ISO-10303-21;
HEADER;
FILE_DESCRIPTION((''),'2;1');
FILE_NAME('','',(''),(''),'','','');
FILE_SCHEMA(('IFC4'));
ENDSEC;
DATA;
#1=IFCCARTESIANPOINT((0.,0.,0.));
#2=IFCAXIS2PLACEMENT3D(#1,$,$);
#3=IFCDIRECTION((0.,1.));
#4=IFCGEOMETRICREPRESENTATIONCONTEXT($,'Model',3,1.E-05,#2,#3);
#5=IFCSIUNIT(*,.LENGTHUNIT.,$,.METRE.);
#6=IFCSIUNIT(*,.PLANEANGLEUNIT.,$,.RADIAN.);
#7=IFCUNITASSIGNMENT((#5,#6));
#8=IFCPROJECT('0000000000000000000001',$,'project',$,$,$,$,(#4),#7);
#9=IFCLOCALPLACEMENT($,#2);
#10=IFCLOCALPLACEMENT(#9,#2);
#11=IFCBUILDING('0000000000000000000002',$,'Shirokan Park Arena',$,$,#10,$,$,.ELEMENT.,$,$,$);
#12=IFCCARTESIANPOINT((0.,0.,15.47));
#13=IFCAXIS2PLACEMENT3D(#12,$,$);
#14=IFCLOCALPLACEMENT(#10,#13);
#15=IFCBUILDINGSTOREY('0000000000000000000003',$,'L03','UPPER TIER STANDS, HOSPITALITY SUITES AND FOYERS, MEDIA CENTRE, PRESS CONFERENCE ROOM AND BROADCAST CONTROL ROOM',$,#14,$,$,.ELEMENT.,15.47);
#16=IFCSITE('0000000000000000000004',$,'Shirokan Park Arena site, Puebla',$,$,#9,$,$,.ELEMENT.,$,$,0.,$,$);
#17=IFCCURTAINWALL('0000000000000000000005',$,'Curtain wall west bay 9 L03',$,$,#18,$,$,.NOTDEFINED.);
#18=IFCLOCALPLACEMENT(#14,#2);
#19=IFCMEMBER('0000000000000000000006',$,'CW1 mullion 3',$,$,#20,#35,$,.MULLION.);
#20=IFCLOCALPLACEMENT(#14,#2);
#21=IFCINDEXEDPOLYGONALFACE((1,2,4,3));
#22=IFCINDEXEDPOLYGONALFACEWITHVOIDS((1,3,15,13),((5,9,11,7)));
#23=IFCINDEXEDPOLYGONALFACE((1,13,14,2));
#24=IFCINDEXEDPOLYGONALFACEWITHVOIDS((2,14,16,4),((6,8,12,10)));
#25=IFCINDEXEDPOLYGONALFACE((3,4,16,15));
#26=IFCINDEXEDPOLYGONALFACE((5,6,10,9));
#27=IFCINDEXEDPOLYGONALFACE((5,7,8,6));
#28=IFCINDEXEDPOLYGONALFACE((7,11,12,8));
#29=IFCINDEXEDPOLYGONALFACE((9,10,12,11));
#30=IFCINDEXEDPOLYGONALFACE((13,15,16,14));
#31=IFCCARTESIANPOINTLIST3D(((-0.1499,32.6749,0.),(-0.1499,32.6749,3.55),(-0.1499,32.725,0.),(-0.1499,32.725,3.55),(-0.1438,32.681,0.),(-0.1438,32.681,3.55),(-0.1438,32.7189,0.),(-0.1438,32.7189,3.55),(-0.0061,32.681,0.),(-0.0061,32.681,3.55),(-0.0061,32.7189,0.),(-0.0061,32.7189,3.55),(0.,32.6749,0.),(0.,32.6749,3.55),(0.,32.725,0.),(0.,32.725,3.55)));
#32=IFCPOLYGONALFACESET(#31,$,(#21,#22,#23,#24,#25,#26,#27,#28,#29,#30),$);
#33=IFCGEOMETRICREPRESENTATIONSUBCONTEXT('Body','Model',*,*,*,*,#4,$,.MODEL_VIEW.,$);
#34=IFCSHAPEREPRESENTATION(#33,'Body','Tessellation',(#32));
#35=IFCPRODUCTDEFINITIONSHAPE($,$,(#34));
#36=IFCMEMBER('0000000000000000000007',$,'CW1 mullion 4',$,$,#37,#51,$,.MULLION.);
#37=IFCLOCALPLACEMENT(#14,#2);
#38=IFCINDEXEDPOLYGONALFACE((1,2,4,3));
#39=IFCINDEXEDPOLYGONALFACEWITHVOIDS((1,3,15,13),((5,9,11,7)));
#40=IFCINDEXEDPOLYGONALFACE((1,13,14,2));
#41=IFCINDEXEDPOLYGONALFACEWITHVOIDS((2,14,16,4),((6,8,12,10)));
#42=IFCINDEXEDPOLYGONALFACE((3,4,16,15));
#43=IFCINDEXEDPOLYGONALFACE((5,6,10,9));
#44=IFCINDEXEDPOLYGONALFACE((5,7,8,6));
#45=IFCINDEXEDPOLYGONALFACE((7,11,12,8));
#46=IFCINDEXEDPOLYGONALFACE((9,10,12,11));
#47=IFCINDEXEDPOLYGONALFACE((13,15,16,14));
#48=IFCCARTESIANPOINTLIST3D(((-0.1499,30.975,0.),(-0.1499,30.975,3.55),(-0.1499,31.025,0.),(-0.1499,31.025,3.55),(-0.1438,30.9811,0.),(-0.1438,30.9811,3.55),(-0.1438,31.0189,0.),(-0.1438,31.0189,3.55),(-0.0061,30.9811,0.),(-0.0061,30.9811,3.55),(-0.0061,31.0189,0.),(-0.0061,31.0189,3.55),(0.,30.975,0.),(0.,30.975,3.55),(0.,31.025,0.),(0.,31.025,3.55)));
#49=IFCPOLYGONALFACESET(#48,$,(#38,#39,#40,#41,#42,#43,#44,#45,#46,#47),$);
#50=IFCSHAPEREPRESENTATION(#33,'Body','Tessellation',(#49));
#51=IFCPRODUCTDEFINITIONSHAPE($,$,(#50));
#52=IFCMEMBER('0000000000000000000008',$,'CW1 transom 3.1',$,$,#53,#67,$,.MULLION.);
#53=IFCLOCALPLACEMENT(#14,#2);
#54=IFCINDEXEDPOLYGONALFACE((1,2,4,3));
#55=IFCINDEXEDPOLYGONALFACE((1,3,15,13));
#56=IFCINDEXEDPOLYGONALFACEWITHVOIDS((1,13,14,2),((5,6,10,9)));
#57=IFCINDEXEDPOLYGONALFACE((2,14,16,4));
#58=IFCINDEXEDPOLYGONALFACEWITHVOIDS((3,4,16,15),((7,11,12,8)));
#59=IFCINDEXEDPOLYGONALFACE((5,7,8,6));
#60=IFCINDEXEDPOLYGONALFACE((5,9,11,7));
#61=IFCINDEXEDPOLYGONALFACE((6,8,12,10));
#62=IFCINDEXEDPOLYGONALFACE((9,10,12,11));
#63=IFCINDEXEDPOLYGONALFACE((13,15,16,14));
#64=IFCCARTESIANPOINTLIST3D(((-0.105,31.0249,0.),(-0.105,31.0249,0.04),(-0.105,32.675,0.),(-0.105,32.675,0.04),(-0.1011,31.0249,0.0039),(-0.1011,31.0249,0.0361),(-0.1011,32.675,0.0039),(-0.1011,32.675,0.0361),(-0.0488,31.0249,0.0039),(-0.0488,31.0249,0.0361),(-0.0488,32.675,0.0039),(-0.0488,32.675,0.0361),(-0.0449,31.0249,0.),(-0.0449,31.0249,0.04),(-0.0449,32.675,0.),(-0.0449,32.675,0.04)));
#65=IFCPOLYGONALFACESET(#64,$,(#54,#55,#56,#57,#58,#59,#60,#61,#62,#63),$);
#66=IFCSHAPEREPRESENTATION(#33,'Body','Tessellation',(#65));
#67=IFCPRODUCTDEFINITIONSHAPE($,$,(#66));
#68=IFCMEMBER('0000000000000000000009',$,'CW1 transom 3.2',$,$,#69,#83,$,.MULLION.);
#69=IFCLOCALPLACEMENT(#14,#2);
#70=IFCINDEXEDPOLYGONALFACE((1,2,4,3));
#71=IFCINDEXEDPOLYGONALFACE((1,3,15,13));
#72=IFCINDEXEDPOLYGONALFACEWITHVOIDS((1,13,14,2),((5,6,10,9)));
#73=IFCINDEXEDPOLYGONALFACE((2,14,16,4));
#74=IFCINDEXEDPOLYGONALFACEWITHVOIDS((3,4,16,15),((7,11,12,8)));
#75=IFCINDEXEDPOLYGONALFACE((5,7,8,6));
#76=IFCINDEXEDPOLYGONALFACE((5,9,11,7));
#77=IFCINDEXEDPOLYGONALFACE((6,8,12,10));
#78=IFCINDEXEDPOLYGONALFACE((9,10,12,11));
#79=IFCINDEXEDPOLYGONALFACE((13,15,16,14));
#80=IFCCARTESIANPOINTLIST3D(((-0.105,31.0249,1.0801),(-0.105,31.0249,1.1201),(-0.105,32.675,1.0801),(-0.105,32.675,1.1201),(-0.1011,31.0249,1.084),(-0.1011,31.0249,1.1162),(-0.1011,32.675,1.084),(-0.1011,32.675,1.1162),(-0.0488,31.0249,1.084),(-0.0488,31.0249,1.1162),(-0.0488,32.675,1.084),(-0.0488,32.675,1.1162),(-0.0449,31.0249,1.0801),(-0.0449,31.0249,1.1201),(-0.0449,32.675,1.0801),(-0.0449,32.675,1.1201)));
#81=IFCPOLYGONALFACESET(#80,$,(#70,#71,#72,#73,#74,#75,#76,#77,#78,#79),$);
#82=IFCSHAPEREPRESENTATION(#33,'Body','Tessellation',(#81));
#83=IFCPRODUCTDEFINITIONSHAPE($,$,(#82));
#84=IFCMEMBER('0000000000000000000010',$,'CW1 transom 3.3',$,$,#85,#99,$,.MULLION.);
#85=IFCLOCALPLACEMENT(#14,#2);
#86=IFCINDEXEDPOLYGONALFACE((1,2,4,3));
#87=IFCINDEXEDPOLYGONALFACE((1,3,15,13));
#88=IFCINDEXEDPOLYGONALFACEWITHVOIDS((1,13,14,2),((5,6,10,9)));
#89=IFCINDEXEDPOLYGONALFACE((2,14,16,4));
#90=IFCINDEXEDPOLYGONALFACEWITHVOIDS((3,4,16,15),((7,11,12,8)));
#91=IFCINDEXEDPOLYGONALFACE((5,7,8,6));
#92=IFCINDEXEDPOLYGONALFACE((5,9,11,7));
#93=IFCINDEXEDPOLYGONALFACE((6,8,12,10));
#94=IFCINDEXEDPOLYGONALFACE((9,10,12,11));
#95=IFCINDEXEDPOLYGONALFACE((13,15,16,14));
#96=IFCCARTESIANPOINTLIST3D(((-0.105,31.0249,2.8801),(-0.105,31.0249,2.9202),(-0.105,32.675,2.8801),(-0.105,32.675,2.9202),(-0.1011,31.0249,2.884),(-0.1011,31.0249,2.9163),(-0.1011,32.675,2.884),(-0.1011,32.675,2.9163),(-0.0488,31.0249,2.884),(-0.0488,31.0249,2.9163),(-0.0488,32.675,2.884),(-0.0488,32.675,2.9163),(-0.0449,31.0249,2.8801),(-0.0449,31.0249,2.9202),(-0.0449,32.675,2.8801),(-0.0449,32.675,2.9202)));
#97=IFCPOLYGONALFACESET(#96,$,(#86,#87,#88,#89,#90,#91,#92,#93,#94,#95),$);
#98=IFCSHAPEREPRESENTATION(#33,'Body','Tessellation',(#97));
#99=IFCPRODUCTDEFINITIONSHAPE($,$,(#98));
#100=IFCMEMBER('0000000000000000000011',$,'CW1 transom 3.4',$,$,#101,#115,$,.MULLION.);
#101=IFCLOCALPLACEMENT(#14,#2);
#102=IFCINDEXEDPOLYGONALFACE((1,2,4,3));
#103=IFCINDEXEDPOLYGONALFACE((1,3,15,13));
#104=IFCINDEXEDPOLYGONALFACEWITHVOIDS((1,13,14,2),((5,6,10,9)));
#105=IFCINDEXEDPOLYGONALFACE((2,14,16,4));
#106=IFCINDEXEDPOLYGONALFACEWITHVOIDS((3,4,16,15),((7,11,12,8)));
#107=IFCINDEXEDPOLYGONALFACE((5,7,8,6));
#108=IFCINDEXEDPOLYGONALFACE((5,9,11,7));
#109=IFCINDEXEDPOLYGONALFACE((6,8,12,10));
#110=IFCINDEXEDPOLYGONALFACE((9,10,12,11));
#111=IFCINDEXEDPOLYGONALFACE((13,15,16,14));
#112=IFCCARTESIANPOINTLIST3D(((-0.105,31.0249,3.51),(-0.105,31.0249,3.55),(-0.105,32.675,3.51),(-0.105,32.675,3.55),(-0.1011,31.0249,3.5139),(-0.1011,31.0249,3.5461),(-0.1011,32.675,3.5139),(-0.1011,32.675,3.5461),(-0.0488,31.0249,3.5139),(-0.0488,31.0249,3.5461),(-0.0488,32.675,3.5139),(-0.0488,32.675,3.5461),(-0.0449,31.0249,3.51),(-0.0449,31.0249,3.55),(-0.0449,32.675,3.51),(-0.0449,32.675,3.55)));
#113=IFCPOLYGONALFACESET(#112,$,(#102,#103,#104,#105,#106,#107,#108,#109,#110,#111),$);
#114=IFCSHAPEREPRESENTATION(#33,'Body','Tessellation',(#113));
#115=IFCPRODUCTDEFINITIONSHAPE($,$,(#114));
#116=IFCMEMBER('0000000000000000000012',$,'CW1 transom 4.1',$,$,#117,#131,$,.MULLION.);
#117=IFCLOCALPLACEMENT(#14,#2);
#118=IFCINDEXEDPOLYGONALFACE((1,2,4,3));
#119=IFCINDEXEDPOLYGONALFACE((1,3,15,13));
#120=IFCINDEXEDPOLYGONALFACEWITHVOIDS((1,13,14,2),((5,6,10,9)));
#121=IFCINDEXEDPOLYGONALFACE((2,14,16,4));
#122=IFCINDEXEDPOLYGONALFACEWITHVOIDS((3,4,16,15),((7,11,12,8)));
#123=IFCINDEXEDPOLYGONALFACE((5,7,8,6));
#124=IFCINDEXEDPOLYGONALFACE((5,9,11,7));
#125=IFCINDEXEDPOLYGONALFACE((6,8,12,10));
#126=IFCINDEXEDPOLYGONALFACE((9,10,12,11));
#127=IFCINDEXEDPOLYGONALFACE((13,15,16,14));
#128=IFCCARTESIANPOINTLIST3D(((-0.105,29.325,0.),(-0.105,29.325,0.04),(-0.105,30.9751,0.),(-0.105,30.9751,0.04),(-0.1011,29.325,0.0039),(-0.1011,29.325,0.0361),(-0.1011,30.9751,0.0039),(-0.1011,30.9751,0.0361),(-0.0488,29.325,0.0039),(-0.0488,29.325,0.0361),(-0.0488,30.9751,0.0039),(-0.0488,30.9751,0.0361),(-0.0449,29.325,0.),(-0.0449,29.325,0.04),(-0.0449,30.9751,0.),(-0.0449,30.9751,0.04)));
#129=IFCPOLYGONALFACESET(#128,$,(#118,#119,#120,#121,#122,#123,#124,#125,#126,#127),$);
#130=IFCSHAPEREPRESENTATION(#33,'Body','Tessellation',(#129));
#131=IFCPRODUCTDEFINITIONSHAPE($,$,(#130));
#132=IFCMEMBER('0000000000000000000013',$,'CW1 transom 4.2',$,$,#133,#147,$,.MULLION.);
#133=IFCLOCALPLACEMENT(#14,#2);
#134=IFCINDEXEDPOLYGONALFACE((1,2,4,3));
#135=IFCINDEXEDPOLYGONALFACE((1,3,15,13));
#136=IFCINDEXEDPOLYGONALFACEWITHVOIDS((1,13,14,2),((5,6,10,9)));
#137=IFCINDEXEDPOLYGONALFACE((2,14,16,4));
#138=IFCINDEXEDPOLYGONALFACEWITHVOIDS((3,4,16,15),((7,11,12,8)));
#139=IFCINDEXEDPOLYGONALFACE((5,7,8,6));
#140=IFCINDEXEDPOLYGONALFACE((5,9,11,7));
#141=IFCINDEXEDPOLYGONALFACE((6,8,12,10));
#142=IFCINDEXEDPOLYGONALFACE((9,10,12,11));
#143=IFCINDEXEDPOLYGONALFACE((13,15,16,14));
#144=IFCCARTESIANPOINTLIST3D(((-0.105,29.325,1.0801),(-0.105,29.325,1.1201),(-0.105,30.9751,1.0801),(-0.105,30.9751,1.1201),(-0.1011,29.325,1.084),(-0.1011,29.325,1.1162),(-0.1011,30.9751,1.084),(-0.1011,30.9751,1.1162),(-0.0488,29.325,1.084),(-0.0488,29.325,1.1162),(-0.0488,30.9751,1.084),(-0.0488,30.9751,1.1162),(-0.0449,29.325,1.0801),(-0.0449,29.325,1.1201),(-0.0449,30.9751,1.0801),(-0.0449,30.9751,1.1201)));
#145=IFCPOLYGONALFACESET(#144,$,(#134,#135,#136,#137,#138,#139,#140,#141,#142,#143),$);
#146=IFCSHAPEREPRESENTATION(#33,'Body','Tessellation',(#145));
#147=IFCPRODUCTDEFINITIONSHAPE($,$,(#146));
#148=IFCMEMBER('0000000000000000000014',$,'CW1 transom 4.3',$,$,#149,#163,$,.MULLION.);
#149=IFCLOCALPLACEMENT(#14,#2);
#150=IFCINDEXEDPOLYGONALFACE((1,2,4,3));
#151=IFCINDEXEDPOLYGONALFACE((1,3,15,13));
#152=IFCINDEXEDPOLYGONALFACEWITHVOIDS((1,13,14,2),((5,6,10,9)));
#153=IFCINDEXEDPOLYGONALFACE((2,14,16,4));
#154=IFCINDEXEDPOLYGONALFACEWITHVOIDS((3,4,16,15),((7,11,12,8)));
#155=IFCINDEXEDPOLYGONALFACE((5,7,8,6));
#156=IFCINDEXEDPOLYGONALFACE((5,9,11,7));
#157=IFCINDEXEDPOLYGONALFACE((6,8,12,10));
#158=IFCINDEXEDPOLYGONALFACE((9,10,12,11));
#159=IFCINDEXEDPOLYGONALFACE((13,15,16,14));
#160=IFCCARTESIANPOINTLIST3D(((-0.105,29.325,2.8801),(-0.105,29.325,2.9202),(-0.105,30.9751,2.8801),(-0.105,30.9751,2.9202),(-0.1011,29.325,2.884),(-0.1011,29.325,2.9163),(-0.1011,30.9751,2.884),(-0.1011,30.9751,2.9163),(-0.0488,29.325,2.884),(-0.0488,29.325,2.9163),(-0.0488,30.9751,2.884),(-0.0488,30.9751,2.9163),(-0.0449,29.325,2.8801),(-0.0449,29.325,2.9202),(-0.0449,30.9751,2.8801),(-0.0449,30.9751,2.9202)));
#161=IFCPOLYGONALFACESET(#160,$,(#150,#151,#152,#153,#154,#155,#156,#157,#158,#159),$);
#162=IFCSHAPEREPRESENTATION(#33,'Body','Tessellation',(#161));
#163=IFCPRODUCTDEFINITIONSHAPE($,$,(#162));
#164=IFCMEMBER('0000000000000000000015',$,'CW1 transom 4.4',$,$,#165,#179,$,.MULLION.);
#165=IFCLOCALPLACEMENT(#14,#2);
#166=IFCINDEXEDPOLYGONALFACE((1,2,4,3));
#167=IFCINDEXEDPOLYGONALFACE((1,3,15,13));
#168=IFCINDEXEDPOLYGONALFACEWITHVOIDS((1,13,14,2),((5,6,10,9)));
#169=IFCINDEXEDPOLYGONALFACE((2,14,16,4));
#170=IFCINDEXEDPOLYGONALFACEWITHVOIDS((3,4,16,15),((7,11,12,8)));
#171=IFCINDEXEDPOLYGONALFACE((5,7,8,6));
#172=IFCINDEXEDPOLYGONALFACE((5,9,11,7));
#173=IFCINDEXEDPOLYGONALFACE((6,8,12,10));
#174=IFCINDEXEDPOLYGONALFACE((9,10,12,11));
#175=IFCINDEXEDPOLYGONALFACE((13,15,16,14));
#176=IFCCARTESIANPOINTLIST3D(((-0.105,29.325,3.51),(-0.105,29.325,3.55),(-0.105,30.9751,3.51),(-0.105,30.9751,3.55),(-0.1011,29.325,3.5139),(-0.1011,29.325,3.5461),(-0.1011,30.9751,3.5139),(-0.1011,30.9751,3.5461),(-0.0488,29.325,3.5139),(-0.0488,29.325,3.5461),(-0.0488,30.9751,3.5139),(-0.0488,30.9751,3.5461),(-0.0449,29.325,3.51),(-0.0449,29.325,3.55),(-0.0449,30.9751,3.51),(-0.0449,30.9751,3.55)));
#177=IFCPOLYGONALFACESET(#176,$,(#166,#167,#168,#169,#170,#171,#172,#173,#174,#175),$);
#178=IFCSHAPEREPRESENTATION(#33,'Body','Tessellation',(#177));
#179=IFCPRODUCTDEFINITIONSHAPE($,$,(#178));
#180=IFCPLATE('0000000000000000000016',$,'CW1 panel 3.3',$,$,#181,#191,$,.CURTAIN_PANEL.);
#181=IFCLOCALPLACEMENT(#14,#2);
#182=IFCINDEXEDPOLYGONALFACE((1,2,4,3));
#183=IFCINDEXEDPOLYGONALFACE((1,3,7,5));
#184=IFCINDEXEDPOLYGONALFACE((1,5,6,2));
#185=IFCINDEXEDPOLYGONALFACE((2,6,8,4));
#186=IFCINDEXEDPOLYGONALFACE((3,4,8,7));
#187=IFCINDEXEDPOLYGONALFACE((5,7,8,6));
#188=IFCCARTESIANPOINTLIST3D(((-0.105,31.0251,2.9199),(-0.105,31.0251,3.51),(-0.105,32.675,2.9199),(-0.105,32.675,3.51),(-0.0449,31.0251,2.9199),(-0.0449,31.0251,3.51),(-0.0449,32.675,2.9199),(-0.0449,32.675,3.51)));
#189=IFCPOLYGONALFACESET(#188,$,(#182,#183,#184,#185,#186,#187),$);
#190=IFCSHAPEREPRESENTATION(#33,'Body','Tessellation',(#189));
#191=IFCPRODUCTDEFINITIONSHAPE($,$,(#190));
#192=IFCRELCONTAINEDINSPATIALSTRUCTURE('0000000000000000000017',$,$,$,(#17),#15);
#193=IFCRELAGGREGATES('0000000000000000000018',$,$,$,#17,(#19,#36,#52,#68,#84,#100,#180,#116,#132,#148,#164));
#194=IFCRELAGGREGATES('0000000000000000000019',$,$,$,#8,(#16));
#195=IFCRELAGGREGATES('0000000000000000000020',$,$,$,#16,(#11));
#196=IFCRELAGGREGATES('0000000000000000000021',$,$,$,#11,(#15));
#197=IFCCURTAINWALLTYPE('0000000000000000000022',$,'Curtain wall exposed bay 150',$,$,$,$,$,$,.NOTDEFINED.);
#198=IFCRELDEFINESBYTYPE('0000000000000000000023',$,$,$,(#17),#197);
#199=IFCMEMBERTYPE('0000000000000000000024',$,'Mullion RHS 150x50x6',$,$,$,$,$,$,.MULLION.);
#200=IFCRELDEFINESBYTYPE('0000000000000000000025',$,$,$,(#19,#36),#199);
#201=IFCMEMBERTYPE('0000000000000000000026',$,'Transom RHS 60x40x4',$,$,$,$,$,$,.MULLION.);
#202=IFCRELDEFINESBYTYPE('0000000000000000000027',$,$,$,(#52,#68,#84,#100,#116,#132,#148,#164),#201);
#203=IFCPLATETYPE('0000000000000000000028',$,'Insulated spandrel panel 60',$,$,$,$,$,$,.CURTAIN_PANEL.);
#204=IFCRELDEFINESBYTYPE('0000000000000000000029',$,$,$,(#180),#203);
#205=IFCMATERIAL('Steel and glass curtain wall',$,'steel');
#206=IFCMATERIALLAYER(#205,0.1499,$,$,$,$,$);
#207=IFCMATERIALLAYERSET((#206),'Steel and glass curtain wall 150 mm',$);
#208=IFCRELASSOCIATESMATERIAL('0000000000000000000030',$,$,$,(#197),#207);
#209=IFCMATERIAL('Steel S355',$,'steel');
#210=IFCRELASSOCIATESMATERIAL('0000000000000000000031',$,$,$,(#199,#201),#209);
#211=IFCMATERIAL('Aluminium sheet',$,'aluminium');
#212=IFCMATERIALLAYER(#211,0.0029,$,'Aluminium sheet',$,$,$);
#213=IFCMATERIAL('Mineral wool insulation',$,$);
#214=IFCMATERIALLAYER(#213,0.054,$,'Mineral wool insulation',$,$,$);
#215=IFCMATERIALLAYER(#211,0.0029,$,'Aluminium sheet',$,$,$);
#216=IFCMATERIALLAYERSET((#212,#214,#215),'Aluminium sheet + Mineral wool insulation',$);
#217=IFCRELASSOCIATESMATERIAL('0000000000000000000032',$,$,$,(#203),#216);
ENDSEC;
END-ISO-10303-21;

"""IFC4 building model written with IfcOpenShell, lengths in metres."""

from ifc_helpers import new_model, si_unit, direction, frame, origin, origin_2d, place, context, subcontext, project, spatial, rectangle, hollow_rectangle, extrude, material, layer, layer_set, material_profile, profile_set, type_object, element, aggregate, save


model = new_model("IFC4")

# Units and contexts
model_context = context("Model", 3, precision=1e-05, world=origin(), true_north=direction((0.0, 1.0)))
body_context = subcontext(model_context, "Body", "Model", "MODEL_VIEW")
ifc_project = project(units=[si_unit("LENGTHUNIT", "METRE"), si_unit("PLANEANGLEUNIT", "RADIAN")], contexts=[model_context])

# Site, building, storey
site_placement = place(None, origin())
site = spatial("IfcSite", under=ifc_project, at=site_placement, Name="Shirokan Park Arena site, Puebla", CompositionType="ELEMENT", RefElevation=0.0)
building_placement = place(site_placement, origin())
building = spatial("IfcBuilding", under=site, at=building_placement, Name="Shirokan Park Arena", CompositionType="ELEMENT")
storey_placement = place(building_placement, frame((0.0, 0.0, 15.47)))
storey = spatial("IfcBuildingStorey", under=building, at=storey_placement, Name="L03", Description="UPPER TIER STANDS, HOSPITALITY SUITES AND FOYERS, MEDIA CENTRE, PRESS CONFERENCE ROOM AND BROADCAST CONTROL ROOM", CompositionType="ELEMENT", Elevation=15.47)

# Curtain wall, members, plate
ifc_material_1 = material(Name="Steel and glass curtain wall", Category="steel")
ifc_layer_1 = layer(ifc_material_1, 0.1499)
ifc_layer_set_1 = layer_set([ifc_layer_1], Name="Steel and glass curtain wall 150 mm")
curtain_wall_type = type_object("IfcCurtainWallType", Name="Curtain wall exposed bay 150", PredefinedType="NOTDEFINED", material=ifc_layer_set_1)
curtain_wall_placement = place(storey_placement, origin())
curtain_wall = element("IfcCurtainWall", 1, at=curtain_wall_placement, inside=storey, type_object=curtain_wall_type, Name="Curtain wall west bay 9 L03", PredefinedType="NOTDEFINED")
ifc_material_2 = material(Name="Steel S355", Category="steel")
ifc_material_profile_1 = material_profile(ifc_material_2, hollow_rectangle(XDim=0.1499, YDim=0.05, WallThickness=0.0061, at=origin_2d()), Name="RHS 150x50x6")
ifc_profile_set_1 = profile_set([ifc_material_profile_1], Name="Steel S355")
member_type_1 = type_object("IfcMemberType", Name="Mullion RHS 150x50x6", PredefinedType="MULLION", material=ifc_profile_set_1)
member_1_placement = place(storey_placement, frame((-0.075, 32.7, 0.0), z_axis=(0.0, 0.0, 1.0), x_axis=(1.0, 0.0, 0.0)))
member_1 = element("IfcMember", 2, at=member_1_placement, type_object=member_type_1, Name="CW1 mullion 3", PredefinedType="MULLION", context=body_context, shape_type="SweptSolid", body=[
    extrude(hollow_rectangle(XDim=0.1499, YDim=0.05, WallThickness=0.0061, at=origin_2d()), origin(), (0.0, 0.0, 1.0), 3.55),
])
member_2_placement = place(storey_placement, frame((-0.075, 31.0, 0.0), z_axis=(0.0, 0.0, 1.0), x_axis=(1.0, 0.0, 0.0)))
member_2 = element("IfcMember", 3, at=member_2_placement, type_object=member_type_1, Name="CW1 mullion 4", PredefinedType="MULLION", context=body_context, shape_type="SweptSolid", body=[
    extrude(hollow_rectangle(XDim=0.1499, YDim=0.05, WallThickness=0.0061, at=origin_2d()), origin(), (0.0, 0.0, 1.0), 3.55),
])
ifc_material_profile_2 = material_profile(ifc_material_2, hollow_rectangle(XDim=0.0601, YDim=0.04, WallThickness=0.0039, at=origin_2d()), Name="RHS 60x40x4")
ifc_profile_set_2 = profile_set([ifc_material_profile_2], Name="Steel S355")
member_type_2 = type_object("IfcMemberType", Name="Transom RHS 60x40x4", PredefinedType="MULLION", material=ifc_profile_set_2)
member_3_placement = place(storey_placement, frame((-0.075, 32.675, 0.02), z_axis=(0.0, -1.0, 0.0), x_axis=(1.0, 0.0, 0.0)))
member_3 = element("IfcMember", 4, at=member_3_placement, type_object=member_type_2, Name="CW1 transom 3.1", PredefinedType="MULLION", context=body_context, shape_type="SweptSolid", body=[
    extrude(hollow_rectangle(XDim=0.0601, YDim=0.04, WallThickness=0.0039, at=origin_2d()), origin(), (0.0, 0.0, 1.0), 1.6501),
])
member_4_placement = place(storey_placement, frame((-0.075, 32.675, 1.1001), z_axis=(0.0, -1.0, 0.0), x_axis=(1.0, 0.0, 0.0)))
member_4 = element("IfcMember", 5, at=member_4_placement, type_object=member_type_2, Name="CW1 transom 3.2", PredefinedType="MULLION", context=body_context, shape_type="SweptSolid", body=[
    extrude(hollow_rectangle(XDim=0.0601, YDim=0.04, WallThickness=0.0039, at=origin_2d()), origin(), (0.0, 0.0, 1.0), 1.6501),
])
member_5_placement = place(storey_placement, frame((-0.075, 32.675, 2.9001), z_axis=(0.0, -1.0, 0.0), x_axis=(1.0, 0.0, 0.0)))
member_5 = element("IfcMember", 6, at=member_5_placement, type_object=member_type_2, Name="CW1 transom 3.3", PredefinedType="MULLION", context=body_context, shape_type="SweptSolid", body=[
    extrude(hollow_rectangle(XDim=0.0601, YDim=0.04, WallThickness=0.0039, at=origin_2d()), origin(), (0.0, 0.0, 1.0), 1.6501),
])
member_6_placement = place(storey_placement, frame((-0.075, 32.675, 3.53), z_axis=(0.0, -1.0, 0.0), x_axis=(1.0, 0.0, 0.0)))
member_6 = element("IfcMember", 7, at=member_6_placement, type_object=member_type_2, Name="CW1 transom 3.4", PredefinedType="MULLION", context=body_context, shape_type="SweptSolid", body=[
    extrude(hollow_rectangle(XDim=0.0601, YDim=0.04, WallThickness=0.0039, at=origin_2d()), origin(), (0.0, 0.0, 1.0), 1.6501),
])
member_7_placement = place(storey_placement, frame((-0.075, 30.9751, 0.02), z_axis=(0.0, -1.0, 0.0), x_axis=(1.0, 0.0, 0.0)))
member_7 = element("IfcMember", 8, at=member_7_placement, type_object=member_type_2, Name="CW1 transom 4.1", PredefinedType="MULLION", context=body_context, shape_type="SweptSolid", body=[
    extrude(hollow_rectangle(XDim=0.0601, YDim=0.04, WallThickness=0.0039, at=origin_2d()), origin(), (0.0, 0.0, 1.0), 1.6501),
])
member_8_placement = place(storey_placement, frame((-0.075, 30.9751, 1.1001), z_axis=(0.0, -1.0, 0.0), x_axis=(1.0, 0.0, 0.0)))
member_8 = element("IfcMember", 9, at=member_8_placement, type_object=member_type_2, Name="CW1 transom 4.2", PredefinedType="MULLION", context=body_context, shape_type="SweptSolid", body=[
    extrude(hollow_rectangle(XDim=0.0601, YDim=0.04, WallThickness=0.0039, at=origin_2d()), origin(), (0.0, 0.0, 1.0), 1.6501),
])
member_9_placement = place(storey_placement, frame((-0.075, 30.9751, 2.9001), z_axis=(0.0, -1.0, 0.0), x_axis=(1.0, 0.0, 0.0)))
member_9 = element("IfcMember", 10, at=member_9_placement, type_object=member_type_2, Name="CW1 transom 4.3", PredefinedType="MULLION", context=body_context, shape_type="SweptSolid", body=[
    extrude(hollow_rectangle(XDim=0.0601, YDim=0.04, WallThickness=0.0039, at=origin_2d()), origin(), (0.0, 0.0, 1.0), 1.6501),
])
member_10_placement = place(storey_placement, frame((-0.075, 30.9751, 3.53), z_axis=(0.0, -1.0, 0.0), x_axis=(1.0, 0.0, 0.0)))
member_10 = element("IfcMember", 11, at=member_10_placement, type_object=member_type_2, Name="CW1 transom 4.4", PredefinedType="MULLION", context=body_context, shape_type="SweptSolid", body=[
    extrude(hollow_rectangle(XDim=0.0601, YDim=0.04, WallThickness=0.0039, at=origin_2d()), origin(), (0.0, 0.0, 1.0), 1.6501),
])
ifc_material_3 = material(Name="Aluminium sheet", Category="aluminium")
ifc_layer_2 = layer(ifc_material_3, 0.0029, Name="Aluminium sheet")
ifc_material_4 = material(Name="Mineral wool insulation")
ifc_layer_3 = layer(ifc_material_4, 0.054, Name="Mineral wool insulation")
ifc_layer_4 = layer(ifc_material_3, 0.0029, Name="Aluminium sheet")
ifc_layer_set_2 = layer_set([ifc_layer_2, ifc_layer_3, ifc_layer_4], Name="Aluminium sheet + Mineral wool insulation")
plate_type_1 = type_object("IfcPlateType", Name="Insulated spandrel panel 60", PredefinedType="CURTAIN_PANEL", material=ifc_layer_set_2)
plate_1_placement = place(storey_placement, frame((-0.075, 31.8501, 2.9199), z_axis=(0.0, 0.0, 1.0), x_axis=(0.0, -1.0, 0.0)))
plate_1 = element("IfcPlate", 12, at=plate_1_placement, type_object=plate_type_1, Name="CW1 panel 3.3", PredefinedType="CURTAIN_PANEL", context=body_context, shape_type="SweptSolid", body=[
    extrude(rectangle(XDim=1.6499, YDim=0.0601, at=origin_2d()), origin(), (0.0, 0.0, 1.0), 0.5901),
])
aggregate(curtain_wall, [member_1, member_2, member_3, member_4, member_5, member_6, plate_1, member_7, member_8, member_9, member_10])

save(model, "model.ifc")
